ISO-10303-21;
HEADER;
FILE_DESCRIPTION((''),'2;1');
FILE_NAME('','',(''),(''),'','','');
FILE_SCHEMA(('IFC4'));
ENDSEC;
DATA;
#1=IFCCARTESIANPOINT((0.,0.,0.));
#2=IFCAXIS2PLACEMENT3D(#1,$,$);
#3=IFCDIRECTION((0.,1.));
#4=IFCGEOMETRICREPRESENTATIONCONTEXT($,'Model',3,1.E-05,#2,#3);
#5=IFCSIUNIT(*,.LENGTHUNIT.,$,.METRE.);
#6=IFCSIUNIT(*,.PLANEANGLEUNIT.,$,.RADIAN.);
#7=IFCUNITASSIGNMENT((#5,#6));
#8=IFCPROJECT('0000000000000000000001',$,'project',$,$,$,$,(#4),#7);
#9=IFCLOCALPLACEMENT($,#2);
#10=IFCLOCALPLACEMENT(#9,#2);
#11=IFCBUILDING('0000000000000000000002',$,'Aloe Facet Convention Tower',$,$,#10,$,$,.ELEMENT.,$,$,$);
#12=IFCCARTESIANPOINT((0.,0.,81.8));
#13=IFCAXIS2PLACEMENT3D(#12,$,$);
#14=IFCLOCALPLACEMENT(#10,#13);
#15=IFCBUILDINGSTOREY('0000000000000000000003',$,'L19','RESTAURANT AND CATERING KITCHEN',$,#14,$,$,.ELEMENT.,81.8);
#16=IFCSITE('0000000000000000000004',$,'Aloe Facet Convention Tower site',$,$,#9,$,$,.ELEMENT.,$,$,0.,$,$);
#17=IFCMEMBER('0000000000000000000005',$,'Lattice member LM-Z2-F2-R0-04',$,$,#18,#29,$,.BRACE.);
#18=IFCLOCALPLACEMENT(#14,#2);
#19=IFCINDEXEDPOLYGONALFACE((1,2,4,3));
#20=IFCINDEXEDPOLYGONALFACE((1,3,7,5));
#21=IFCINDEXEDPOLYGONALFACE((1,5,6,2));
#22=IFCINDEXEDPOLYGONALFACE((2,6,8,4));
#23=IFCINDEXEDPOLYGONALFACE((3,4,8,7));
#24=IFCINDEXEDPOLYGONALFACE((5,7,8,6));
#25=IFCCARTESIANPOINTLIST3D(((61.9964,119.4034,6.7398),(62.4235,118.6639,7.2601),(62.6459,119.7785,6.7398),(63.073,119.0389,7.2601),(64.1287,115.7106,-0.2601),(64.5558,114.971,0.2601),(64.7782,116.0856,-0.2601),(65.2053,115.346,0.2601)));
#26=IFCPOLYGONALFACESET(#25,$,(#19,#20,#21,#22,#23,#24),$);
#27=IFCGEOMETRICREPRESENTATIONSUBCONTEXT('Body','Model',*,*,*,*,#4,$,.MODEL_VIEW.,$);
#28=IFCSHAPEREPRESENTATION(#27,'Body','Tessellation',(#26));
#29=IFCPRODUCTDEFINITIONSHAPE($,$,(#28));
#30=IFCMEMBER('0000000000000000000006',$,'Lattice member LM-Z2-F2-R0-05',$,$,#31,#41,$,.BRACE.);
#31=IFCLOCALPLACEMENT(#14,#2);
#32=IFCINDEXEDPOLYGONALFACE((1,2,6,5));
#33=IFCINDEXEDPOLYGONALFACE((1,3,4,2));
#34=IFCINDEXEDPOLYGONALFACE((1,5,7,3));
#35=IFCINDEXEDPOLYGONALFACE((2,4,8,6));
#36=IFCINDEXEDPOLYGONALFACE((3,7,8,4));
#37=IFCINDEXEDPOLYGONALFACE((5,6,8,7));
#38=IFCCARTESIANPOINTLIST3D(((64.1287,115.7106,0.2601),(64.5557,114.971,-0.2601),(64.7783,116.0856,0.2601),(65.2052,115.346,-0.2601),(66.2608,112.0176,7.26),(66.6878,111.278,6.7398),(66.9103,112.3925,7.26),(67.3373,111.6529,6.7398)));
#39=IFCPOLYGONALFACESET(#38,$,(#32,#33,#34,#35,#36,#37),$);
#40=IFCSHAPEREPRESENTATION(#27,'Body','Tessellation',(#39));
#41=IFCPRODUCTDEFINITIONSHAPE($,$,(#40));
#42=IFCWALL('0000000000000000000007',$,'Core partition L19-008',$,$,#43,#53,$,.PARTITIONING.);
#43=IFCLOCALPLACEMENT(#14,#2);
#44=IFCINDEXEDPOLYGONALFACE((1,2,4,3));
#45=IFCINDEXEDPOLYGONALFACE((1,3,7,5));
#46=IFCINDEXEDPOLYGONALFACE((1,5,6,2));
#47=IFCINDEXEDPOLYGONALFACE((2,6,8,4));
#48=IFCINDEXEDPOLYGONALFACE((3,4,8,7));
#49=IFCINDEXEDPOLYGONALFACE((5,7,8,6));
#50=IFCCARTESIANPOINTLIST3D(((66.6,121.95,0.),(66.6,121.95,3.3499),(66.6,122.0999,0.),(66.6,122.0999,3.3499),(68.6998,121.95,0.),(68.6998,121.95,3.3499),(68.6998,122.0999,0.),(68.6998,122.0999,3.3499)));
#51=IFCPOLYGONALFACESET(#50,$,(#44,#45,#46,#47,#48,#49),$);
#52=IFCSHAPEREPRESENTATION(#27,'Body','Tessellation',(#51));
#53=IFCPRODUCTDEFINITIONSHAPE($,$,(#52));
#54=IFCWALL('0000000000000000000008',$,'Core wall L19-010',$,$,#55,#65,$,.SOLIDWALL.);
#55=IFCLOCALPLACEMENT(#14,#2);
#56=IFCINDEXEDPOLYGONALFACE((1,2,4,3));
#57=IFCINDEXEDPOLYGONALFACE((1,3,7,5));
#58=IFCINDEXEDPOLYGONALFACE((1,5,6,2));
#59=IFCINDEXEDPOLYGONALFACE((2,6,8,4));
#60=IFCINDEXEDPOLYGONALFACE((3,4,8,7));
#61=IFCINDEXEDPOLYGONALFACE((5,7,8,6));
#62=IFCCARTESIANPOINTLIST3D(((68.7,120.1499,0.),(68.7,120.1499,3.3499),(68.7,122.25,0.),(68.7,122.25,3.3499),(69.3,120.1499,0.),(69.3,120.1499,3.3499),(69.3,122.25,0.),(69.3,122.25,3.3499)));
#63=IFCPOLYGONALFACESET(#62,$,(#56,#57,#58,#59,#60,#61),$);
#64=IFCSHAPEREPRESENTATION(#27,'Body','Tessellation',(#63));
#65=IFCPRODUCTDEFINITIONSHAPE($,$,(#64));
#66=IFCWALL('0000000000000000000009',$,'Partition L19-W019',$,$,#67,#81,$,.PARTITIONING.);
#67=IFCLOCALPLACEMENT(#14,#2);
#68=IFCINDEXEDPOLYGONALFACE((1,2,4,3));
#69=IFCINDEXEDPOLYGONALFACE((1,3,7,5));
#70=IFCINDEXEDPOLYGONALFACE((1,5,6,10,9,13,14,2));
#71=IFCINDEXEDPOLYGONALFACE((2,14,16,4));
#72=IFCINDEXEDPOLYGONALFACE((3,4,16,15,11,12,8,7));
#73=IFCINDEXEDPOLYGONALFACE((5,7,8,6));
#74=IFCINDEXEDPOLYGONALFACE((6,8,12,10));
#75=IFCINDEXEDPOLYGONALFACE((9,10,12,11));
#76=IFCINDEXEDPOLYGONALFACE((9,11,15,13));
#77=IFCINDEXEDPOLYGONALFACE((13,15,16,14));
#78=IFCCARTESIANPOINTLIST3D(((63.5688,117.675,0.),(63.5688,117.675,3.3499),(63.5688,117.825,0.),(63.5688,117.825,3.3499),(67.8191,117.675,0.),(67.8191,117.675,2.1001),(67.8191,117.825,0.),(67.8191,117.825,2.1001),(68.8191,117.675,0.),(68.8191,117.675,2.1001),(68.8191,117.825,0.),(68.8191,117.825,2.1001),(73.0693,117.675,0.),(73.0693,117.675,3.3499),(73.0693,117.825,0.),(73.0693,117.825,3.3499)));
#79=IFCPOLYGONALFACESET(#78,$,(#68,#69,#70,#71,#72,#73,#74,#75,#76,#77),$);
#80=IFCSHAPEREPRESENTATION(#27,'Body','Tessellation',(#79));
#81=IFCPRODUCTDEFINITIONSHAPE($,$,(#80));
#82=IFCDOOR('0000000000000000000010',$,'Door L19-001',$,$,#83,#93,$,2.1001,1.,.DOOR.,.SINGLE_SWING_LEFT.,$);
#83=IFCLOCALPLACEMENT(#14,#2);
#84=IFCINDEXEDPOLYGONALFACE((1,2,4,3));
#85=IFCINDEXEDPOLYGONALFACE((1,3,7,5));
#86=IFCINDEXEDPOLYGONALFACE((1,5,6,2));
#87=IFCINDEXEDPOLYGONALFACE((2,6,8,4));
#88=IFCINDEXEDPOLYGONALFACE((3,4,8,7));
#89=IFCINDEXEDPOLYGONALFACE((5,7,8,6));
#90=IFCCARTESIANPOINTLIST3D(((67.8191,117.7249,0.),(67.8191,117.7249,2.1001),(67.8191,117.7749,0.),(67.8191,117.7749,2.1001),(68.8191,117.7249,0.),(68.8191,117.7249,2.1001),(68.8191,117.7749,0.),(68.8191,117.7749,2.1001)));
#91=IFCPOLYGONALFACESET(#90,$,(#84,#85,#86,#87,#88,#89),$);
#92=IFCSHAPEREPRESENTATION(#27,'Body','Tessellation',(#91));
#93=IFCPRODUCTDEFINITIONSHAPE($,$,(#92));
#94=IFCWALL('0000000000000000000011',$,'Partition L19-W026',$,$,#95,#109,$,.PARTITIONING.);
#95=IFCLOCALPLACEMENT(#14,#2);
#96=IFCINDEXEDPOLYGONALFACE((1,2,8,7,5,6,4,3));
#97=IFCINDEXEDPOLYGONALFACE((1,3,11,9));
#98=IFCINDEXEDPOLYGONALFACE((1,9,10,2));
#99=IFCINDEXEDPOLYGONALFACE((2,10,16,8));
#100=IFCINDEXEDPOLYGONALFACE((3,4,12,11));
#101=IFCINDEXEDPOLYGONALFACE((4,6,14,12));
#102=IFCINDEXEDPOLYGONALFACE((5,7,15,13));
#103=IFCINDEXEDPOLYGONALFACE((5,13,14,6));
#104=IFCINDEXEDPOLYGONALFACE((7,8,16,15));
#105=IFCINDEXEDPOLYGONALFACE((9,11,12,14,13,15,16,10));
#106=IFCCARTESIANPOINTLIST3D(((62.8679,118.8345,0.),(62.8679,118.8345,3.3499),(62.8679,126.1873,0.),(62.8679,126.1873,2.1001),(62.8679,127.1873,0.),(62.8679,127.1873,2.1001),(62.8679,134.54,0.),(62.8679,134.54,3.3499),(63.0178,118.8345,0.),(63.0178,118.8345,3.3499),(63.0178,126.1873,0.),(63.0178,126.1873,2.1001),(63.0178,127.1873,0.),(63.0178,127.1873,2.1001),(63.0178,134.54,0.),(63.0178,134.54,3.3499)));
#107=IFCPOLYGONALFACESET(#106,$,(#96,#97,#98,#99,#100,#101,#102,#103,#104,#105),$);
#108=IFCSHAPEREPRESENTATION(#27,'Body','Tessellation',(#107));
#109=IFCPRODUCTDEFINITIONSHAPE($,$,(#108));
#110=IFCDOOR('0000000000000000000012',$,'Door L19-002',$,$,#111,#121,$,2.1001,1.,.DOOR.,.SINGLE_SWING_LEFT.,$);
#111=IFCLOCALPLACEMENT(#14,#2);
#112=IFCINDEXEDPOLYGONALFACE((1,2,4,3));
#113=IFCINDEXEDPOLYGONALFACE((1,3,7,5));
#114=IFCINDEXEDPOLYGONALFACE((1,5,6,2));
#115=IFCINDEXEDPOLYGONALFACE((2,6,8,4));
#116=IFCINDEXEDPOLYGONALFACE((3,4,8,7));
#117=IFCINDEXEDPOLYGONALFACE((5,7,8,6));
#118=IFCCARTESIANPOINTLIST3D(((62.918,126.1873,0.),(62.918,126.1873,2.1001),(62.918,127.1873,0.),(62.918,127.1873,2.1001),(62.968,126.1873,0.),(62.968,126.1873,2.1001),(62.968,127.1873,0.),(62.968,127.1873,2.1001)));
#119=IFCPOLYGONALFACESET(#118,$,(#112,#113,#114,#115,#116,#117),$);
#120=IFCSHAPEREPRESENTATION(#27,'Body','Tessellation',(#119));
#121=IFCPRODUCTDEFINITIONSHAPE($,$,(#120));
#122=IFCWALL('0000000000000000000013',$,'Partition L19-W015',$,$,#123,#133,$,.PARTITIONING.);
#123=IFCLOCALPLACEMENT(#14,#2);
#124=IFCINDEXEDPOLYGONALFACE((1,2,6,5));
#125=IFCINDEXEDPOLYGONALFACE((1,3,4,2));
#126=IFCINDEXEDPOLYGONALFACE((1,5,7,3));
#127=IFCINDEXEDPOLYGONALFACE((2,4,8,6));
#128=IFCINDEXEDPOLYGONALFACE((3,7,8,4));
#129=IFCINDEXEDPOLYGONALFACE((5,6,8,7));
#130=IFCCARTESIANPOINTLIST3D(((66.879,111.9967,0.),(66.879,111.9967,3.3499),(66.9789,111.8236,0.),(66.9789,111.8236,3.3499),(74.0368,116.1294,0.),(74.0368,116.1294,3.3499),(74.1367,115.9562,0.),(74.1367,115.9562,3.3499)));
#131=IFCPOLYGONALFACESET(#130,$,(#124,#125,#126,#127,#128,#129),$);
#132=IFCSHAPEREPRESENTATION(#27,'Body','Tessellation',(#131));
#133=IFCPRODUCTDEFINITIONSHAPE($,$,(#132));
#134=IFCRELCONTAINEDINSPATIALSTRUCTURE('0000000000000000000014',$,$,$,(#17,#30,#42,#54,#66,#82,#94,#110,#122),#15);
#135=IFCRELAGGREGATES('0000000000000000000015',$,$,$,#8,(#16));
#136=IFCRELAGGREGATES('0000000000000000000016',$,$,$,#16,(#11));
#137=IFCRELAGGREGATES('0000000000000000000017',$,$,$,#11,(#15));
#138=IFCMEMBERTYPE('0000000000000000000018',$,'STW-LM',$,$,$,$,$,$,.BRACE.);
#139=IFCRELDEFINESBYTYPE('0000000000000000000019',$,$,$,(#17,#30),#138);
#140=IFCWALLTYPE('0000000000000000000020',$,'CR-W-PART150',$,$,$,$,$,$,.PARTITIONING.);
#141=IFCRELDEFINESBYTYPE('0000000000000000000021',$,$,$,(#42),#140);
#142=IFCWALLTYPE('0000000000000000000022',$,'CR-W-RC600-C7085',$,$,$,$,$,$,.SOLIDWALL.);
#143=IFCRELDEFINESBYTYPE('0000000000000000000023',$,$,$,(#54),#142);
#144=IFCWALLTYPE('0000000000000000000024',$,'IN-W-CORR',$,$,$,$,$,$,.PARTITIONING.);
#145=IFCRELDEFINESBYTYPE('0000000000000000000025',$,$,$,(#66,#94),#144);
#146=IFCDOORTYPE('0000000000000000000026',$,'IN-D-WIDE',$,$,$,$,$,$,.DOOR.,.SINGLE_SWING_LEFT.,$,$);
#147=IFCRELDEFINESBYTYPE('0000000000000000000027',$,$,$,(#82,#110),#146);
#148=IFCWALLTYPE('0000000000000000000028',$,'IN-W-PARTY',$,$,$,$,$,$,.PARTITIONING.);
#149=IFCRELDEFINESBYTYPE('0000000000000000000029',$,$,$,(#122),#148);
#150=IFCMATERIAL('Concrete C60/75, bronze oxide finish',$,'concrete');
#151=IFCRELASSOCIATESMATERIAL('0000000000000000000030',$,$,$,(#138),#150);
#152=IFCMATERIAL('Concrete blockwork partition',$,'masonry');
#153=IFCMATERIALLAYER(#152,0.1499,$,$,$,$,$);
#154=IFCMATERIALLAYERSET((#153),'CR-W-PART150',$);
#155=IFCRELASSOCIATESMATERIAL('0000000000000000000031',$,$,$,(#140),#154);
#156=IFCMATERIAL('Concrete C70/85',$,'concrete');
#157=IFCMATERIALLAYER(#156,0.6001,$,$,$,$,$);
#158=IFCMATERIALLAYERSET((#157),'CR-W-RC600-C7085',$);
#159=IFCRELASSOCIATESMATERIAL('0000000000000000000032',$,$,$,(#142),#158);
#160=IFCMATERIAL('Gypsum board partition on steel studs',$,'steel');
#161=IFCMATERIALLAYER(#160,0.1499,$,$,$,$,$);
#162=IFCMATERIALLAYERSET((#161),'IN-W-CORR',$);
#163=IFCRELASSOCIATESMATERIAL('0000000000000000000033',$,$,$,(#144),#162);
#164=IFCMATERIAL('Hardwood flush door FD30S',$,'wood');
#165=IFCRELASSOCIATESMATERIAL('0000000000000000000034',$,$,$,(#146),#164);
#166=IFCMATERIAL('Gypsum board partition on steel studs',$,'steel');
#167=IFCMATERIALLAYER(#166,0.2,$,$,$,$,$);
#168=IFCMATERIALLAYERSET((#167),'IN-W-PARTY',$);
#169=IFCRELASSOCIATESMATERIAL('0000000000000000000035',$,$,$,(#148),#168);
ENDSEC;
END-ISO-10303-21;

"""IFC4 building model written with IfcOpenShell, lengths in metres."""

from ifc_helpers import new_model, si_unit, direction, frame, frame_2d, origin, origin_2d, place, context, subcontext, project, spatial, rectangle, extrude, material, layer, layer_set, material_profile, profile_set, type_object, element, fill, save


model = new_model("IFC4")

# Units and contexts
model_context = context("Model", 3, precision=1e-05, world=origin(), true_north=direction((0.0, 1.0)))
body_context = subcontext(model_context, "Body", "Model", "MODEL_VIEW")
ifc_project = project(units=[si_unit("LENGTHUNIT", "METRE"), si_unit("PLANEANGLEUNIT", "RADIAN")], contexts=[model_context])

# Site, building, storey
site_placement = place(None, origin())
site = spatial("IfcSite", under=ifc_project, at=site_placement, Name="Aloe Facet Convention Tower site", CompositionType="ELEMENT", RefElevation=0.0)
building_placement = place(site_placement, origin())
building = spatial("IfcBuilding", under=site, at=building_placement, Name="Aloe Facet Convention Tower", CompositionType="ELEMENT")
storey_placement = place(building_placement, frame((0.0, 0.0, 81.8)))
storey = spatial("IfcBuildingStorey", under=building, at=storey_placement, Name="L19", Description="RESTAURANT AND CATERING KITCHEN", CompositionType="ELEMENT", Elevation=81.8)

# Members
ifc_material_1 = material(Name="Concrete C60/75, bronze oxide finish", Category="concrete")
ifc_material_profile_1 = material_profile(ifc_material_1, rectangle(XDim=0.75, YDim=1.0, at=origin_2d()), Name="STW-LM")
ifc_profile_set_1 = profile_set([ifc_material_profile_1], Name="Concrete C60/75, bronze oxide finish")
member_type = type_object("IfcMemberType", Name="STW-LM", PredefinedType="BRACE", material=ifc_profile_set_1)
for number, where, z_axis, x_axis, name in (
    (1, (64.667, 115.5283, 0.0), (-0.260148, 0.450537, 0.854014), (-0.866001, -0.500043, 0.0), "Lattice member LM-Z2-F2-R0-04"),
    (2, (64.667, 115.5283, 0.0), (0.260116, -0.450565, 0.854009), (0.86604, 0.499975, 0.0), "Lattice member LM-Z2-F2-R0-05"),
):
    element("IfcMember", number, at=place(storey_placement, frame(where, z_axis=z_axis, x_axis=x_axis)), inside=storey, type_object=member_type, Name=name, PredefinedType="BRACE", context=body_context, shape_type="SweptSolid", body=[
        extrude(rectangle(XDim=0.75, YDim=1.0, at=origin_2d()), origin(), (0.0, 0.0, 1.0), 8.1965),
    ])

# Wall
ifc_material_2 = material(Name="Concrete blockwork partition", Category="masonry")
ifc_layer_1 = layer(ifc_material_2, 0.1499)
ifc_layer_set_1 = layer_set([ifc_layer_1], Name="CR-W-PART150")
wall_type_1 = type_object("IfcWallType", Name="CR-W-PART150", PredefinedType="PARTITIONING", material=ifc_layer_set_1)
wall_1_placement = place(storey_placement, frame((66.6001, 122.0249, 0.0), z_axis=(0.0, 0.0, 1.0), x_axis=(1.0, 0.0, 0.0)))
element("IfcWall", 3, at=wall_1_placement, inside=storey, type_object=wall_type_1, Name="Core partition L19-008", PredefinedType="PARTITIONING", context=body_context, shape_type="SweptSolid", body=[
    extrude(rectangle(XDim=2.0999, YDim=0.1499, at=frame_2d((1.0498, 0.0))), origin(), (0.0, 0.0, 1.0), 3.3499),
])

# Shared definitions
ifc_material_3 = material(Name="Concrete C70/85", Category="concrete")
ifc_layer_2 = layer(ifc_material_3, 0.6001)
ifc_layer_set_2 = layer_set([ifc_layer_2], Name="CR-W-RC600-C7085")
wall_type_2 = type_object("IfcWallType", Name="CR-W-RC600-C7085", PredefinedType="SOLIDWALL", material=ifc_layer_set_2)

# Wall
wall_2_placement = place(storey_placement, frame((69.0, 122.25, 0.0), z_axis=(0.0, 0.0, 1.0), x_axis=(0.0, -1.0, 0.0)))
element("IfcWall", 4, at=wall_2_placement, inside=storey, type_object=wall_type_2, Name="Core wall L19-010", PredefinedType="SOLIDWALL", context=body_context, shape_type="SweptSolid", body=[
    extrude(rectangle(XDim=2.1001, YDim=0.6001, at=frame_2d((1.05, 0.0))), origin(), (0.0, 0.0, 1.0), 3.3499),
])

# Walls, openings, doors
ifc_material_4 = material(Name="Gypsum board partition on steel studs", Category="steel")
ifc_layer_3 = layer(ifc_material_4, 0.1499)
ifc_layer_set_3 = layer_set([ifc_layer_3], Name="IN-W-CORR")
wall_type_3 = type_object("IfcWallType", Name="IN-W-CORR", PredefinedType="PARTITIONING", material=ifc_layer_set_3)
wall_3_placement = place(storey_placement, frame((63.5688, 117.75, 0.0), z_axis=(0.0, 0.0, 1.0), x_axis=(1.0, 0.0, 0.0)))
wall_3 = element("IfcWall", 5, at=wall_3_placement, inside=storey, type_object=wall_type_3, Name="Partition L19-W019", PredefinedType="PARTITIONING", context=body_context, shape_type="SweptSolid", body=[
    extrude(rectangle(XDim=9.5005, YDim=0.1499, at=frame_2d((4.7502, 0.0))), origin(), (0.0, 0.0, 1.0), 3.3499),
])
opening_1_placement = place(wall_3_placement, frame((4.2502, 0.0, 0.0)))
opening_1 = element("IfcOpeningElement", 6, at=opening_1_placement, cuts=wall_3, PredefinedType="OPENING", context=body_context, shape_type="SweptSolid", body=[
    extrude(rectangle(XDim=1.0, YDim=2.1001, at=frame_2d((0.5, 1.05))), frame((0.0, 0.085, 0.0), z_axis=(0.0, -1.0, 0.0), x_axis=(1.0, 0.0, 0.0)), (0.0, 0.0, 1.0), 0.1699),
])
ifc_material_5 = material(Name="Hardwood flush door FD30S", Category="wood")
door_type_1 = type_object("IfcDoorType", Name="IN-D-WIDE", OperationType="SINGLE_SWING_LEFT", PredefinedType="DOOR", material=ifc_material_5)
door_1_placement = place(opening_1_placement, origin())
door_1 = element("IfcDoor", 7, at=door_1_placement, inside=storey, type_object=door_type_1, Name="Door L19-001", OperationType="SINGLE_SWING_LEFT", OverallHeight=2.1001, OverallWidth=1.0, PredefinedType="DOOR", context=body_context, shape_type="SweptSolid", body=[
    extrude(rectangle(XDim=1.0, YDim=2.1001, at=frame_2d((0.5, 1.05))), frame((0.0, 0.0249, 0.0), z_axis=(0.0, -1.0, 0.0), x_axis=(1.0, 0.0, 0.0)), (0.0, 0.0, 1.0), 0.05),
])
fill(opening_1, door_1)
wall_4_placement = place(storey_placement, frame((62.9429, 118.8345, 0.0), z_axis=(0.0, 0.0, 1.0), x_axis=(0.0, 1.0, 0.0)))
wall_4 = element("IfcWall", 8, at=wall_4_placement, inside=storey, type_object=wall_type_3, Name="Partition L19-W026", PredefinedType="PARTITIONING", context=body_context, shape_type="SweptSolid", body=[
    extrude(rectangle(XDim=15.7056, YDim=0.1499, at=frame_2d((7.8528, 0.0))), origin(), (0.0, 0.0, 1.0), 3.3499),
])
opening_2_placement = place(wall_4_placement, frame((7.3528, 0.0, 0.0)))
opening_2 = element("IfcOpeningElement", 9, at=opening_2_placement, cuts=wall_4, PredefinedType="OPENING", context=body_context, shape_type="SweptSolid", body=[
    extrude(rectangle(XDim=1.0, YDim=2.1001, at=frame_2d((0.5, 1.05))), frame((0.0, 0.085, 0.0), z_axis=(0.0, -1.0, 0.0), x_axis=(1.0, 0.0, 0.0)), (0.0, 0.0, 1.0), 0.1699),
])
door_2_placement = place(opening_2_placement, origin())
door_2 = element("IfcDoor", 10, at=door_2_placement, inside=storey, type_object=door_type_1, Name="Door L19-002", OperationType="SINGLE_SWING_LEFT", OverallHeight=2.1001, OverallWidth=1.0, PredefinedType="DOOR", context=body_context, shape_type="SweptSolid", body=[
    extrude(rectangle(XDim=1.0, YDim=2.1001, at=frame_2d((0.5, 1.05))), frame((0.0, 0.0249, 0.0), z_axis=(0.0, -1.0, 0.0), x_axis=(1.0, 0.0, 0.0)), (0.0, 0.0, 1.0), 0.05),
])
fill(opening_2, door_2)

# Wall
ifc_material_6 = material(Name="Gypsum board partition on steel studs", Category="steel")
ifc_layer_4 = layer(ifc_material_6, 0.2)
ifc_layer_set_4 = layer_set([ifc_layer_4], Name="IN-W-PARTY")
wall_type_4 = type_object("IfcWallType", Name="IN-W-PARTY", PredefinedType="PARTITIONING", material=ifc_layer_set_4)
wall_5_placement = place(storey_placement, frame((66.929, 111.9102, 0.0), z_axis=(0.0, 0.0, 1.0), x_axis=(0.866022, 0.500005, 0.0)))
element("IfcWall", 11, at=wall_5_placement, inside=storey, type_object=wall_type_4, Name="Partition L19-W015", PredefinedType="PARTITIONING", context=body_context, shape_type="SweptSolid", body=[
    extrude(rectangle(XDim=8.2651, YDim=0.2, at=frame_2d((4.1326, 0.0))), origin(), (0.0, 0.0, 1.0), 3.3499),
])

save(model, "model.ifc")
